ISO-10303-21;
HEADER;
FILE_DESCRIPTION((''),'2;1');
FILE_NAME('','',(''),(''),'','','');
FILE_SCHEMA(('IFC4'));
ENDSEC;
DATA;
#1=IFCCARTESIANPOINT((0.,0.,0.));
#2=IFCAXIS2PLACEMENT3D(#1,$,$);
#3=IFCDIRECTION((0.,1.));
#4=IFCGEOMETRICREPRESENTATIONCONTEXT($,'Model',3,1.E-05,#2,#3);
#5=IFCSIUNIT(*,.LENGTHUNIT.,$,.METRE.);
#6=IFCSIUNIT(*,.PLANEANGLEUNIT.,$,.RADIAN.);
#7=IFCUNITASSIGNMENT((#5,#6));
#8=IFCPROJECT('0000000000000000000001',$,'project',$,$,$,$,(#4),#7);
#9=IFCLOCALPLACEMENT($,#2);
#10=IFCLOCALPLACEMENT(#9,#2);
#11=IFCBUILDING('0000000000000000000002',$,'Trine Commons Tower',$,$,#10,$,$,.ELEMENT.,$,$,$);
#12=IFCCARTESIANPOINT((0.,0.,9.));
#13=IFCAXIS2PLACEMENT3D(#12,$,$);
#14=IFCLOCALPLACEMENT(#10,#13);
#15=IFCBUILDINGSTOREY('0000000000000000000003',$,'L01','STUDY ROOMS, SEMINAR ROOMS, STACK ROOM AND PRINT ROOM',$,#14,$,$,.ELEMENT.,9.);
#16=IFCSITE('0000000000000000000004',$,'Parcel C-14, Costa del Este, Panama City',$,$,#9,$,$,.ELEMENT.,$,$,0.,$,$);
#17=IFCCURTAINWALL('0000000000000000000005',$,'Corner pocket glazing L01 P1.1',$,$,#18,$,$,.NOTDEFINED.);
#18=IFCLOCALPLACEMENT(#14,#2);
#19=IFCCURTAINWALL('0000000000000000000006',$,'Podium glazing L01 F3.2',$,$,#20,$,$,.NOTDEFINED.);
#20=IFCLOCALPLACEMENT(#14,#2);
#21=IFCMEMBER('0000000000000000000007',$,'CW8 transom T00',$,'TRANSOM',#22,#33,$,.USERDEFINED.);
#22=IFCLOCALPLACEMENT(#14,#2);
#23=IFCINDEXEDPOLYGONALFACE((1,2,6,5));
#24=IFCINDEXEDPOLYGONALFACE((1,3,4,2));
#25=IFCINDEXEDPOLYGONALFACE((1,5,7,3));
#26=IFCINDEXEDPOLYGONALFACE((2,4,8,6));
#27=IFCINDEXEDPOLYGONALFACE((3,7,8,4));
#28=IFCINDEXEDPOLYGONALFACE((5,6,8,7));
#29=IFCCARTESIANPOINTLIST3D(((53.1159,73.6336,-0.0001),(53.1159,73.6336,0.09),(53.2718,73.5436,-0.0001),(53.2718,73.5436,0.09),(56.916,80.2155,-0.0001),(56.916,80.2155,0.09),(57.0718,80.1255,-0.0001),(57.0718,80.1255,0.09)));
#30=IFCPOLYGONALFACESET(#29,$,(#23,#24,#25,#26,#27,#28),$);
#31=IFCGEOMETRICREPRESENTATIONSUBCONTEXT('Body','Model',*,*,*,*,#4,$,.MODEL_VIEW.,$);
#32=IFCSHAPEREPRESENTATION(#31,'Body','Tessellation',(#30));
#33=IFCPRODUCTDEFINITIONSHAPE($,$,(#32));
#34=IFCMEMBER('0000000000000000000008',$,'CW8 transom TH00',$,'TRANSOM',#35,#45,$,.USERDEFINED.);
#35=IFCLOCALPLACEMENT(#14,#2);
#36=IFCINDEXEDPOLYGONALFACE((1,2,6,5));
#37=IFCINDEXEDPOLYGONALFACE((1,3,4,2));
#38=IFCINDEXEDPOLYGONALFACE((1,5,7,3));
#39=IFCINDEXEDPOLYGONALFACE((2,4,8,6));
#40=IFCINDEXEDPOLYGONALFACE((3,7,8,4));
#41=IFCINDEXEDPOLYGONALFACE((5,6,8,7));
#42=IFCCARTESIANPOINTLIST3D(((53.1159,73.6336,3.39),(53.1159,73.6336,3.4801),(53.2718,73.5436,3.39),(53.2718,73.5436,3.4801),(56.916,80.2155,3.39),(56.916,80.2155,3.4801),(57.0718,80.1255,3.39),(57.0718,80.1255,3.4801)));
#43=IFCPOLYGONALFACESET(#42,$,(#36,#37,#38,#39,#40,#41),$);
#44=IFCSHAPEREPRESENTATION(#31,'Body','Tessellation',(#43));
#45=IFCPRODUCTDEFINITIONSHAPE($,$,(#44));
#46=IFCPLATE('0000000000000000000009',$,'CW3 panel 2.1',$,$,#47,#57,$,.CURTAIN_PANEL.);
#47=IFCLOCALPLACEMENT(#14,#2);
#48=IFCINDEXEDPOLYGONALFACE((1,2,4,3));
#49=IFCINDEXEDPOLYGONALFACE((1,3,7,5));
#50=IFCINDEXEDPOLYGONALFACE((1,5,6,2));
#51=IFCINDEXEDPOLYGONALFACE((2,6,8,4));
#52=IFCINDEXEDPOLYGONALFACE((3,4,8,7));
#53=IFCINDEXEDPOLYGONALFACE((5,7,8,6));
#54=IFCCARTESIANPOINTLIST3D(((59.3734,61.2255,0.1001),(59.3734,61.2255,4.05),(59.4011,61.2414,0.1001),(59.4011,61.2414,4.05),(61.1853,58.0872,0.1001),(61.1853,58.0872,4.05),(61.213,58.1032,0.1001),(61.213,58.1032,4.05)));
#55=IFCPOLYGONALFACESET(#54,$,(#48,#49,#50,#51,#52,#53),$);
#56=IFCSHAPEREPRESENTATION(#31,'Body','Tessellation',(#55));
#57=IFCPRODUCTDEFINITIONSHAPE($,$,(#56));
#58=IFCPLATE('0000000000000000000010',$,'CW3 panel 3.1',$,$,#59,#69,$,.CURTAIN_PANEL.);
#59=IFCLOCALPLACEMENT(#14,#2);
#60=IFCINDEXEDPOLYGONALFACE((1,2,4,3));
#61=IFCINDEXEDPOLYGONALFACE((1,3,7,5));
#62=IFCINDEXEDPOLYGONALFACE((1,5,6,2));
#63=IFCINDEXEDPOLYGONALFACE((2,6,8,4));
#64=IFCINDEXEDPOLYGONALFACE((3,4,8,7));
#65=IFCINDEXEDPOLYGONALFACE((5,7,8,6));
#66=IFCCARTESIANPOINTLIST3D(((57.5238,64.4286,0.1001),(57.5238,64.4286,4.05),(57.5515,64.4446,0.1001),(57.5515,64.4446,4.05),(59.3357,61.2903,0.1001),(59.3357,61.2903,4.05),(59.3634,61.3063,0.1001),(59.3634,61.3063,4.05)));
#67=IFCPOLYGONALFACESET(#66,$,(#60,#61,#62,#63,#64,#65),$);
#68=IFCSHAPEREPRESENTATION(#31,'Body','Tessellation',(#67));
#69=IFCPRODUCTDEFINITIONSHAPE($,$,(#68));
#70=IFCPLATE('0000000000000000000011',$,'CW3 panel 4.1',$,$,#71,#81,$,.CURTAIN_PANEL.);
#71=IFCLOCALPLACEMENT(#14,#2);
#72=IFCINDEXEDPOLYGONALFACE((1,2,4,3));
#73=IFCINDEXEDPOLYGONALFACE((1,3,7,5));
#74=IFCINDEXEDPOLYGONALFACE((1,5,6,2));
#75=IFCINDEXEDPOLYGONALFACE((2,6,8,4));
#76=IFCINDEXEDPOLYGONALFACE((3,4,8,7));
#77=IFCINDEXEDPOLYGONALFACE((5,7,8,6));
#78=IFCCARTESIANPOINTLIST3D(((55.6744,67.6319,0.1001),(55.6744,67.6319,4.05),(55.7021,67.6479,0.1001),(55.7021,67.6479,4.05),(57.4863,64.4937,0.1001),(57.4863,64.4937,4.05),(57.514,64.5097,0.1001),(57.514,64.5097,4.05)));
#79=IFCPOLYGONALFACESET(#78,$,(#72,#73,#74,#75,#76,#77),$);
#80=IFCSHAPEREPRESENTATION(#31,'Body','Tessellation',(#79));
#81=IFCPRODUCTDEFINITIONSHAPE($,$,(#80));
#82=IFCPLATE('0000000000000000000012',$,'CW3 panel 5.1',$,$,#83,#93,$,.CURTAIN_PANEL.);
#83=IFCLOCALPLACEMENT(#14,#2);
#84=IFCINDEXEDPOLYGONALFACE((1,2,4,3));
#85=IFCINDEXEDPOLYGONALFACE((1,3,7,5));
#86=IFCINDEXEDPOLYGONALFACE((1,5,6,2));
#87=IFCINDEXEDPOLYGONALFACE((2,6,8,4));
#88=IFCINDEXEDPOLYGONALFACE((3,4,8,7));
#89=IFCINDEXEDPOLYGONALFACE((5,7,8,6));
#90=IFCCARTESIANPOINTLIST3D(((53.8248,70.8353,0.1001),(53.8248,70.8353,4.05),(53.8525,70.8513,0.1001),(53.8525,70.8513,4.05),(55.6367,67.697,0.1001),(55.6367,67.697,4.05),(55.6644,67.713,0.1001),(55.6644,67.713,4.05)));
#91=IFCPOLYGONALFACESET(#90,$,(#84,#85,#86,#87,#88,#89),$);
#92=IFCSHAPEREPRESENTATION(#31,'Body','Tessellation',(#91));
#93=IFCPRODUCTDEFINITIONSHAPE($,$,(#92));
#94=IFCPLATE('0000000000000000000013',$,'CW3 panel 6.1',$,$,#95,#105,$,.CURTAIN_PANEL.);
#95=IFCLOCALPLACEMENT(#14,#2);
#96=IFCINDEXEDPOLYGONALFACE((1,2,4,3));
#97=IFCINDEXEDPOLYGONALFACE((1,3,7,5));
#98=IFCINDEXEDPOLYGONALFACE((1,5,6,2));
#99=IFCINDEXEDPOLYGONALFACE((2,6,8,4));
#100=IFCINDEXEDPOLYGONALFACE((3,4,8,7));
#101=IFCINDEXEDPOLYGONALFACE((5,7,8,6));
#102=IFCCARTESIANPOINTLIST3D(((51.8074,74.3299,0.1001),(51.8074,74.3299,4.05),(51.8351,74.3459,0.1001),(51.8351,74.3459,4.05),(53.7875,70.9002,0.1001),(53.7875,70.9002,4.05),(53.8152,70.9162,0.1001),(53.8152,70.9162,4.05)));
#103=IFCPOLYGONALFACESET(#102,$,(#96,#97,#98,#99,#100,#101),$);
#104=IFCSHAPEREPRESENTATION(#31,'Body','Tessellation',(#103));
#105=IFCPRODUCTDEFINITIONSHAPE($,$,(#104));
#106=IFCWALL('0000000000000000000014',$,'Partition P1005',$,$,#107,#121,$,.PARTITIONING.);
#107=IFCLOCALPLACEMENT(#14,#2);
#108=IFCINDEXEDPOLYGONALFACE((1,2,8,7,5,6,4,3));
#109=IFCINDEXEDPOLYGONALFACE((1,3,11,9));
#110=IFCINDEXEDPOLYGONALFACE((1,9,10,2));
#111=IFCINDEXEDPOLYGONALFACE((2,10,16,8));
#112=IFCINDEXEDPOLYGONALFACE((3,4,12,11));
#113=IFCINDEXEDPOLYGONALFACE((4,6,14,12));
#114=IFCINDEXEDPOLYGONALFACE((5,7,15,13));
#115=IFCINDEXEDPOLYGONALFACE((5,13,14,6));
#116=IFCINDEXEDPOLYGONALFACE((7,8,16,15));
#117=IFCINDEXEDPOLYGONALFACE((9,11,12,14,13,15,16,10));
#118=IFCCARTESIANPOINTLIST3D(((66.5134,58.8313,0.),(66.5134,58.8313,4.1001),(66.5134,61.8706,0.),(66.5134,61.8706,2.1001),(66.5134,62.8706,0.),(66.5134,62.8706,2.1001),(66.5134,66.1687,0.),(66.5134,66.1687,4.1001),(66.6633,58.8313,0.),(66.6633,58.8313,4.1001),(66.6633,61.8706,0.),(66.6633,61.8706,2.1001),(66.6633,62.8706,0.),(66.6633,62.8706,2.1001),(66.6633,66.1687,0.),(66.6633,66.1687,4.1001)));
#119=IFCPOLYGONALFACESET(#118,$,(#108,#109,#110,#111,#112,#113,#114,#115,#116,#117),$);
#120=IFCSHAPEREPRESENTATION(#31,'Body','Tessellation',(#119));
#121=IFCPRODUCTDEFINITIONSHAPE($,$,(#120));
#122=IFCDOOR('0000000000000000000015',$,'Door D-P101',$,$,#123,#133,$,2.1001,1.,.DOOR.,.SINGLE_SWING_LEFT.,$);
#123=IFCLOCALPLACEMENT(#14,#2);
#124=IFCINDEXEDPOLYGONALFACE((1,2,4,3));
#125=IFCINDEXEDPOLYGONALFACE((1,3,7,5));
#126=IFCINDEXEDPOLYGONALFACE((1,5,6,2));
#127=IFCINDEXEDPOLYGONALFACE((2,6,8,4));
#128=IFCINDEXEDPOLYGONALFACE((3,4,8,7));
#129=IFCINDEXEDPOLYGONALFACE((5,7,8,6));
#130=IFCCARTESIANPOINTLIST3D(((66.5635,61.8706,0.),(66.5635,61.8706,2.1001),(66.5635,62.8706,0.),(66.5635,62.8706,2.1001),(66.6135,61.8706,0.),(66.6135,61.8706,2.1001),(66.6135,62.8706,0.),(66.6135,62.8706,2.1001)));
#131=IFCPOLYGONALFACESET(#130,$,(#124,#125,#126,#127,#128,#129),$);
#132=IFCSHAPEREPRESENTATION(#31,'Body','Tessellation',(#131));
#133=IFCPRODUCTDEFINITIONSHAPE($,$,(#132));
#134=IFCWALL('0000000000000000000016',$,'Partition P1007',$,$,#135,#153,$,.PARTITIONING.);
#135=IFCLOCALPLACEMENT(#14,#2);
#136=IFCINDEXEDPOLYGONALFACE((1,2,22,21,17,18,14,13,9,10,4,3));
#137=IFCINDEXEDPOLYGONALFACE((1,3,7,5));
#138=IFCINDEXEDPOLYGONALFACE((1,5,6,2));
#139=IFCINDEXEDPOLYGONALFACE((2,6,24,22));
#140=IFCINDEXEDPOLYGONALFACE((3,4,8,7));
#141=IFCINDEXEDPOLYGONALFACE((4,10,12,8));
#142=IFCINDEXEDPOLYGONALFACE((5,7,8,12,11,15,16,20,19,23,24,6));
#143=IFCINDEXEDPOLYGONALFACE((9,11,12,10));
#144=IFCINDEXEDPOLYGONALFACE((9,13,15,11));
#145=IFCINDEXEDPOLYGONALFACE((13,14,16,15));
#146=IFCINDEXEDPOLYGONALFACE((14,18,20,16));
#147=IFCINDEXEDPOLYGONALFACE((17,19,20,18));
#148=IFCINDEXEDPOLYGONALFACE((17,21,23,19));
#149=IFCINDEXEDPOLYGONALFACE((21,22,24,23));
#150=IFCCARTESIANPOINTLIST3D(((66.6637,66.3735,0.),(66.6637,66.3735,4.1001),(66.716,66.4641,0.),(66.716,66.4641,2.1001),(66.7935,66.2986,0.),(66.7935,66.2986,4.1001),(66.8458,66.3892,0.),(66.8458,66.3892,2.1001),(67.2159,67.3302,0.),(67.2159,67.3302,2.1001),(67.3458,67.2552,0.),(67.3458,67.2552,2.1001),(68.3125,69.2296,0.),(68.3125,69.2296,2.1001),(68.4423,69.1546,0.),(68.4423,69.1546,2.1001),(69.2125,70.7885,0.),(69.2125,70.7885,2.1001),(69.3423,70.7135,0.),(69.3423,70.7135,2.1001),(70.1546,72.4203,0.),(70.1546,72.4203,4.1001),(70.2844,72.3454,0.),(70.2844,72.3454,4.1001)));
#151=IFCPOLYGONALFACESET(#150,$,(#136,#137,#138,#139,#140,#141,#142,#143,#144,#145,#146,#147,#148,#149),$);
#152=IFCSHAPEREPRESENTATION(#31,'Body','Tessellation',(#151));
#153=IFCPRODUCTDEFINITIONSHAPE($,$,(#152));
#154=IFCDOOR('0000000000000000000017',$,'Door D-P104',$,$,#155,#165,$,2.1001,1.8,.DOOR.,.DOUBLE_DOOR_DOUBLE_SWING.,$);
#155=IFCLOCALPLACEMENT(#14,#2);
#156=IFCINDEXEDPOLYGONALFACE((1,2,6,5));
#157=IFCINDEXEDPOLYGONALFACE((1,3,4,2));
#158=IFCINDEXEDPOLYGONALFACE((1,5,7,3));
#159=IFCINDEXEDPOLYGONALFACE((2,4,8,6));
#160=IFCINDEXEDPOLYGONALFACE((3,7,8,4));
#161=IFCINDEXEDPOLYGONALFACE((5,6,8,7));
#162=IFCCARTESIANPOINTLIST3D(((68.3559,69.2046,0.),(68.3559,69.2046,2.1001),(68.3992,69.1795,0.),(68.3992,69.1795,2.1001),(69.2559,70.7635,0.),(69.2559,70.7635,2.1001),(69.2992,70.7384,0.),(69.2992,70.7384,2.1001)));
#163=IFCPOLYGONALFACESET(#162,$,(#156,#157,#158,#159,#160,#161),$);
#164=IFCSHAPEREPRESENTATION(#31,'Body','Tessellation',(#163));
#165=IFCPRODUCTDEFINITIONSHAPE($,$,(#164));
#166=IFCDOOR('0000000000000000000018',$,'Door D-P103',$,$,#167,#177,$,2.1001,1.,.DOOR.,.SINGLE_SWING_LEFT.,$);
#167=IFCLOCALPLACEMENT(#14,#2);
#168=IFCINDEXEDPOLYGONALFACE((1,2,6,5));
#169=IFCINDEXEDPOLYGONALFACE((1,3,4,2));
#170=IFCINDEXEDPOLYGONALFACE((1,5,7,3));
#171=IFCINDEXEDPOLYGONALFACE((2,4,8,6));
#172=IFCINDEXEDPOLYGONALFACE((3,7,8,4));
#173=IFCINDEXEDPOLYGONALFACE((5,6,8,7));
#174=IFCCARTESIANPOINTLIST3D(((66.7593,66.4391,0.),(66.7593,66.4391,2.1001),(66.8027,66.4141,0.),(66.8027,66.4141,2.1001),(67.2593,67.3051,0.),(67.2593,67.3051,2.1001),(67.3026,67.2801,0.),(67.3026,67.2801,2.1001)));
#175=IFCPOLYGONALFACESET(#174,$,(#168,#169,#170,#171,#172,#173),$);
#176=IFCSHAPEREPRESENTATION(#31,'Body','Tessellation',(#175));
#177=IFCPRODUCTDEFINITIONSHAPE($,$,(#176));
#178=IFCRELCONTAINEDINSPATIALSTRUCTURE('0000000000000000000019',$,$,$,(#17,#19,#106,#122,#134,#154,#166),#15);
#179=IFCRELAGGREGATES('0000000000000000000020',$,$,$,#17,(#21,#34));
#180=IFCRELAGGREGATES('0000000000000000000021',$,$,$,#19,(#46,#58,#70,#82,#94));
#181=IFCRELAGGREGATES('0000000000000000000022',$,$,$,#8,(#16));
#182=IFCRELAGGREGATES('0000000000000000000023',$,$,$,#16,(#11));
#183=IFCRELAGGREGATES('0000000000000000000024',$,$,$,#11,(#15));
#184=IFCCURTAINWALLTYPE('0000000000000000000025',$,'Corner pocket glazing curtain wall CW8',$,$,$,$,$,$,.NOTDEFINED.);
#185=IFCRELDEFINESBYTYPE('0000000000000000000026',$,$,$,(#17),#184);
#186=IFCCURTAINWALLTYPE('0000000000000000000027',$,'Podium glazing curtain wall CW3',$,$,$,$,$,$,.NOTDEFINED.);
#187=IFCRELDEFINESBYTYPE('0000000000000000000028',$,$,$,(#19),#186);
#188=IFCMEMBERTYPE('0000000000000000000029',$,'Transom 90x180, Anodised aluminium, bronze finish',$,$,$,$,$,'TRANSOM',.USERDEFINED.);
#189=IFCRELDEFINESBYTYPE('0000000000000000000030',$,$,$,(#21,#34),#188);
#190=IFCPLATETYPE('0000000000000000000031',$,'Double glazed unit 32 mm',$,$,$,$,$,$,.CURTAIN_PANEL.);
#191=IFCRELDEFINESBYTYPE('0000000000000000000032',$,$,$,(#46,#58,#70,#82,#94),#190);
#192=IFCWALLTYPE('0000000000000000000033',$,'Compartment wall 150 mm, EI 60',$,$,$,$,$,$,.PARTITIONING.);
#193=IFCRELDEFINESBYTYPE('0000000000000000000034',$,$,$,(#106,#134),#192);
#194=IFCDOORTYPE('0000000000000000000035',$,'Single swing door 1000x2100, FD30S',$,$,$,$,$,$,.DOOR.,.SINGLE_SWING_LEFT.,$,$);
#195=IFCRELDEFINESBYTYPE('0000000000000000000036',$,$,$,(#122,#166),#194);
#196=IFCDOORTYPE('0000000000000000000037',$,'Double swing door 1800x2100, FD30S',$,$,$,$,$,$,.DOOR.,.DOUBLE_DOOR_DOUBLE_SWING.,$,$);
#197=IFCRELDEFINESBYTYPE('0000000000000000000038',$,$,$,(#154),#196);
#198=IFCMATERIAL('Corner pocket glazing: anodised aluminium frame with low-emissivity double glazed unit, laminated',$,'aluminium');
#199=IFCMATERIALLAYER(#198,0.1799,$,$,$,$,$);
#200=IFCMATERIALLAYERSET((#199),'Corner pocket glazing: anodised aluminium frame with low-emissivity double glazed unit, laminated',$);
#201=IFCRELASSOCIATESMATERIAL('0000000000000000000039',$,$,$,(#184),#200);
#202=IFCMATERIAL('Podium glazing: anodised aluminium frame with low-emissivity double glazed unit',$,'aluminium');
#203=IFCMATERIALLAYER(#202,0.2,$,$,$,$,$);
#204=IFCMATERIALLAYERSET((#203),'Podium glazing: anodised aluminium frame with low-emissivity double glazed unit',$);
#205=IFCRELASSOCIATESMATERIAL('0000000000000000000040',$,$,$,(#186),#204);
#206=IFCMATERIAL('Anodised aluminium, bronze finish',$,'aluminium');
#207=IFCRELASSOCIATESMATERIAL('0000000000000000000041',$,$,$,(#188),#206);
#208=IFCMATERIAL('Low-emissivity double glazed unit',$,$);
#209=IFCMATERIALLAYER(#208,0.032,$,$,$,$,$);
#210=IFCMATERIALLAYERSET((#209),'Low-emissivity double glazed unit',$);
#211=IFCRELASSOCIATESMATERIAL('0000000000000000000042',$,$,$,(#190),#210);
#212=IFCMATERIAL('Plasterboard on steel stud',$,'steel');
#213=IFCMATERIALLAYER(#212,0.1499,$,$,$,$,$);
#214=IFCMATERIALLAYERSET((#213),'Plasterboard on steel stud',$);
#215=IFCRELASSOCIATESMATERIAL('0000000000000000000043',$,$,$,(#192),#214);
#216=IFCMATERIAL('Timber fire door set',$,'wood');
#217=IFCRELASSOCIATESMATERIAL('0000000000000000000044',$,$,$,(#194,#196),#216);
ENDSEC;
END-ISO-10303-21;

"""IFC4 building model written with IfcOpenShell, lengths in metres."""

from ifc_helpers import new_model, si_unit, direction, frame, frame_2d, origin, origin_2d, place, context, subcontext, project, spatial, rectangle, extrude, material, layer, layer_set, material_profile, profile_set, type_object, element, fill, aggregate, save


model = new_model("IFC4")

# Units and contexts
model_context = context("Model", 3, precision=1e-05, world=origin(), true_north=direction((0.0, 1.0)))
body_context = subcontext(model_context, "Body", "Model", "MODEL_VIEW")
ifc_project = project(units=[si_unit("LENGTHUNIT", "METRE"), si_unit("PLANEANGLEUNIT", "RADIAN")], contexts=[model_context])

# Site, building, storey
site_placement = place(None, origin())
site = spatial("IfcSite", under=ifc_project, at=site_placement, Name="Parcel C-14, Costa del Este, Panama City", CompositionType="ELEMENT", RefElevation=0.0)
building_placement = place(site_placement, origin())
building = spatial("IfcBuilding", under=site, at=building_placement, Name="Trine Commons Tower", CompositionType="ELEMENT")
storey_placement = place(building_placement, frame((0.0, 0.0, 9.0)))
storey = spatial("IfcBuildingStorey", under=building, at=storey_placement, Name="L01", Description="STUDY ROOMS, SEMINAR ROOMS, STACK ROOM AND PRINT ROOM", CompositionType="ELEMENT", Elevation=9.0)

# Curtain wall
ifc_material_1 = material(Name="Corner pocket glazing: anodised aluminium frame with low-emissivity double glazed unit, laminated", Category="aluminium")
ifc_layer_1 = layer(ifc_material_1, 0.1799)
ifc_layer_set_1 = layer_set([ifc_layer_1], Name="Corner pocket glazing: anodised aluminium frame with low-emissivity double glazed unit, laminated")
curtain_wall_type_1 = type_object("IfcCurtainWallType", Name="Corner pocket glazing curtain wall CW8", PredefinedType="NOTDEFINED", material=ifc_layer_set_1)
curtain_wall_1_placement = place(storey_placement, origin())
curtain_wall_1 = element("IfcCurtainWall", 1, at=curtain_wall_1_placement, inside=storey, type_object=curtain_wall_type_1, Name="Corner pocket glazing L01 P1.1", PredefinedType="NOTDEFINED")
ifc_material_2 = material(Name="Anodised aluminium, bronze finish", Category="aluminium")

# Curtain wall
ifc_material_3 = material(Name="Podium glazing: anodised aluminium frame with low-emissivity double glazed unit", Category="aluminium")
ifc_layer_2 = layer(ifc_material_3, 0.2)
ifc_layer_set_2 = layer_set([ifc_layer_2], Name="Podium glazing: anodised aluminium frame with low-emissivity double glazed unit")
curtain_wall_type_2 = type_object("IfcCurtainWallType", Name="Podium glazing curtain wall CW3", PredefinedType="NOTDEFINED", material=ifc_layer_set_2)
curtain_wall_2_placement = place(storey_placement, origin())
curtain_wall_2 = element("IfcCurtainWall", 2, at=curtain_wall_2_placement, inside=storey, type_object=curtain_wall_type_2, Name="Podium glazing L01 F3.2", PredefinedType="NOTDEFINED")

# Members
ifc_material_profile_1 = material_profile(ifc_material_2, rectangle(XDim=0.1799, YDim=0.0901, at=origin_2d()), Name="Transom 90x180")
ifc_profile_set_1 = profile_set([ifc_material_profile_1], Name="Anodised aluminium, bronze finish")
member_type_1 = type_object("IfcMemberType", Name="Transom 90x180, Anodised aluminium, bronze finish", ElementType="TRANSOM", PredefinedType="USERDEFINED", material=ifc_profile_set_1)
member_1_placement = place(storey_placement, frame((53.1938, 73.5886, 0.0449), z_axis=(0.500005, 0.866022, 0.0), x_axis=(-0.866022, 0.500005, 0.0)))
member_1 = element("IfcMember", 3, at=member_1_placement, type_object=member_type_1, Name="CW8 transom T00", ObjectType="TRANSOM", PredefinedType="USERDEFINED", context=body_context, shape_type="SweptSolid", body=[
    extrude(rectangle(XDim=0.1799, YDim=0.0901, at=origin_2d()), origin(), (0.0, 0.0, 1.0), 7.6001),
])
member_2_placement = place(storey_placement, frame((53.1938, 73.5886, 3.4351), z_axis=(0.500005, 0.866022, 0.0), x_axis=(-0.866022, 0.500005, 0.0)))
member_2 = element("IfcMember", 4, at=member_2_placement, type_object=member_type_1, Name="CW8 transom TH00", ObjectType="TRANSOM", PredefinedType="USERDEFINED", context=body_context, shape_type="SweptSolid", body=[
    extrude(rectangle(XDim=0.1799, YDim=0.0901, at=origin_2d()), origin(), (0.0, 0.0, 1.0), 7.6001),
])
aggregate(curtain_wall_1, [member_1, member_2])

# Plates
ifc_material_4 = material(Name="Low-emissivity double glazed unit")
ifc_layer_3 = layer(ifc_material_4, 0.032)
ifc_layer_set_3 = layer_set([ifc_layer_3], Name="Low-emissivity double glazed unit")
plate_type = type_object("IfcPlateType", Name="Double glazed unit 32 mm", PredefinedType="CURTAIN_PANEL", material=ifc_layer_set_3)
plate_1_placement = place(storey_placement, frame((60.2932, 59.6643, 0.1001), z_axis=(0.0, 0.0, 1.0), x_axis=(-0.5, 0.866025, 0.0)))
plate_1 = element("IfcPlate", 5, at=plate_1_placement, type_object=plate_type, Name="CW3 panel 2.1", PredefinedType="CURTAIN_PANEL", context=body_context, shape_type="SweptSolid", body=[
    extrude(rectangle(XDim=3.6238, YDim=0.032, at=origin_2d()), origin(), (0.0, 0.0, 1.0), 3.95),
])
plate_2_placement = place(storey_placement, frame((58.4436, 62.8674, 0.1001), z_axis=(0.0, 0.0, 1.0), x_axis=(-0.5, 0.866025, 0.0)))
plate_2 = element("IfcPlate", 6, at=plate_2_placement, type_object=plate_type, Name="CW3 panel 3.1", PredefinedType="CURTAIN_PANEL", context=body_context, shape_type="SweptSolid", body=[
    extrude(rectangle(XDim=3.6238, YDim=0.032, at=origin_2d()), origin(), (0.0, 0.0, 1.0), 3.95),
])
plate_3_placement = place(storey_placement, frame((56.5942, 66.0708, 0.1001), z_axis=(0.0, 0.0, 1.0), x_axis=(-0.5, 0.866025, 0.0)))
plate_3 = element("IfcPlate", 7, at=plate_3_placement, type_object=plate_type, Name="CW3 panel 4.1", PredefinedType="CURTAIN_PANEL", context=body_context, shape_type="SweptSolid", body=[
    extrude(rectangle(XDim=3.6238, YDim=0.032, at=origin_2d()), origin(), (0.0, 0.0, 1.0), 3.95),
])
plate_4_placement = place(storey_placement, frame((54.7446, 69.2742, 0.1001), z_axis=(0.0, 0.0, 1.0), x_axis=(-0.5, 0.866025, 0.0)))
plate_4 = element("IfcPlate", 8, at=plate_4_placement, type_object=plate_type, Name="CW3 panel 5.1", PredefinedType="CURTAIN_PANEL", context=body_context, shape_type="SweptSolid", body=[
    extrude(rectangle(XDim=3.6238, YDim=0.032, at=origin_2d()), origin(), (0.0, 0.0, 1.0), 3.95),
])
plate_5_placement = place(storey_placement, frame((52.8113, 72.623, 0.1001), z_axis=(0.0, 0.0, 1.0), x_axis=(-0.5, 0.866025, 0.0)))
plate_5 = element("IfcPlate", 9, at=plate_5_placement, type_object=plate_type, Name="CW3 panel 6.1", PredefinedType="CURTAIN_PANEL", context=body_context, shape_type="SweptSolid", body=[
    extrude(rectangle(XDim=3.9602, YDim=0.032, at=origin_2d()), origin(), (0.0, 0.0, 1.0), 3.95),
])
aggregate(curtain_wall_2, [plate_1, plate_2, plate_3, plate_4, plate_5])

# Wall, opening, door
ifc_material_5 = material(Name="Plasterboard on steel stud", Category="steel")
ifc_layer_4 = layer(ifc_material_5, 0.1499)
ifc_layer_set_4 = layer_set([ifc_layer_4], Name="Plasterboard on steel stud")
wall_type_1 = type_object("IfcWallType", Name="Compartment wall 150 mm, EI 60", PredefinedType="PARTITIONING", material=ifc_layer_set_4)
wall_1_placement = place(storey_placement, frame((66.5884, 58.8313, 0.0), z_axis=(0.0, 0.0, 1.0), x_axis=(0.0, 1.0, 0.0)))
wall_1 = element("IfcWall", 10, at=wall_1_placement, inside=storey, type_object=wall_type_1, Name="Partition P1005", PredefinedType="PARTITIONING", context=body_context, shape_type="SweptSolid", body=[
    extrude(rectangle(XDim=7.3374, YDim=0.1499, at=frame_2d((3.6687, 0.0))), origin(), (0.0, 0.0, 1.0), 4.1001),
])
opening_1_placement = place(wall_1_placement, frame((3.0393, 0.0, 0.0)))
opening_1 = element("IfcOpeningElement", 11, at=opening_1_placement, cuts=wall_1, PredefinedType="OPENING", context=body_context, shape_type="SweptSolid", body=[
    extrude(rectangle(XDim=1.0, YDim=2.1001, at=frame_2d((0.5, 1.05))), frame((0.0, 0.085, 0.0), z_axis=(0.0, -1.0, 0.0), x_axis=(1.0, 0.0, 0.0)), (0.0, 0.0, 1.0), 0.1699),
])
ifc_material_6 = material(Name="Timber fire door set", Category="wood")
door_type_1 = type_object("IfcDoorType", Name="Single swing door 1000x2100, FD30S", OperationType="SINGLE_SWING_LEFT", PredefinedType="DOOR", material=ifc_material_6)
door_1_placement = place(opening_1_placement, origin())
door_1 = element("IfcDoor", 12, at=door_1_placement, inside=storey, type_object=door_type_1, Name="Door D-P101", OperationType="SINGLE_SWING_LEFT", OverallHeight=2.1001, OverallWidth=1.0, PredefinedType="DOOR", context=body_context, shape_type="SweptSolid", body=[
    extrude(rectangle(XDim=1.0, YDim=2.1001, at=frame_2d((0.5, 1.05))), frame((0.0, 0.0249, 0.0), z_axis=(0.0, -1.0, 0.0), x_axis=(1.0, 0.0, 0.0)), (0.0, 0.0, 1.0), 0.05),
])
fill(opening_1, door_1)

# Wall, openings, doors
wall_2_placement = place(storey_placement, frame((66.7285, 66.3359, 0.0), z_axis=(0.0, 0.0, 1.0), x_axis=(0.499979, 0.866038, 0.0)))
wall_2 = element("IfcWall", 13, at=wall_2_placement, inside=storey, type_object=wall_type_1, Name="Partition P1007", PredefinedType="PARTITIONING", context=body_context, shape_type="SweptSolid", body=[
    extrude(rectangle(XDim=6.9822, YDim=0.1499, at=frame_2d((3.4912, 0.0))), origin(), (0.0, 0.0, 1.0), 4.1001),
])
opening_2_placement = place(wall_2_placement, frame((0.1047, 0.0, 0.0)))
opening_2 = element("IfcOpeningElement", 14, at=opening_2_placement, cuts=wall_2, PredefinedType="OPENING", context=body_context, shape_type="SweptSolid", body=[
    extrude(rectangle(XDim=1.0, YDim=2.1001, at=frame_2d((0.5, 1.05))), frame((0.0, 0.085, 0.0), z_axis=(0.0, -1.0, 0.0), x_axis=(1.0, 0.0, 0.0)), (0.0, 0.0, 1.0), 0.1699),
])
opening_3_placement = place(wall_2_placement, frame((3.2981, 0.0, 0.0)))
opening_3 = element("IfcOpeningElement", 15, at=opening_3_placement, cuts=wall_2, PredefinedType="OPENING", context=body_context, shape_type="SweptSolid", body=[
    extrude(rectangle(XDim=1.8, YDim=2.1001, at=frame_2d((0.8999, 1.05))), frame((0.0, 0.085, 0.0), z_axis=(0.0, -1.0, 0.0), x_axis=(1.0, 0.0, 0.0)), (0.0, 0.0, 1.0), 0.1699),
])
door_type_2 = type_object("IfcDoorType", Name="Double swing door 1800x2100, FD30S", OperationType="DOUBLE_DOOR_DOUBLE_SWING", PredefinedType="DOOR", material=ifc_material_6)
door_2_placement = place(opening_3_placement, origin())
door_2 = element("IfcDoor", 16, at=door_2_placement, inside=storey, type_object=door_type_2, Name="Door D-P104", OperationType="DOUBLE_DOOR_DOUBLE_SWING", OverallHeight=2.1001, OverallWidth=1.8, PredefinedType="DOOR", context=body_context, shape_type="SweptSolid", body=[
    extrude(rectangle(XDim=1.8, YDim=2.1001, at=frame_2d((0.8999, 1.05))), frame((0.0, 0.0249, 0.0), z_axis=(0.0, -1.0, 0.0), x_axis=(1.0, 0.0, 0.0)), (0.0, 0.0, 1.0), 0.05),
])
fill(opening_3, door_2)
door_3_placement = place(opening_2_placement, origin())
door_3 = element("IfcDoor", 17, at=door_3_placement, inside=storey, type_object=door_type_1, Name="Door D-P103", OperationType="SINGLE_SWING_LEFT", OverallHeight=2.1001, OverallWidth=1.0, PredefinedType="DOOR", context=body_context, shape_type="SweptSolid", body=[
    extrude(rectangle(XDim=1.0, YDim=2.1001, at=frame_2d((0.5, 1.05))), frame((0.0, 0.0249, 0.0), z_axis=(0.0, -1.0, 0.0), x_axis=(1.0, 0.0, 0.0)), (0.0, 0.0, 1.0), 0.05),
])
fill(opening_2, door_3)

save(model, "model.ifc")
